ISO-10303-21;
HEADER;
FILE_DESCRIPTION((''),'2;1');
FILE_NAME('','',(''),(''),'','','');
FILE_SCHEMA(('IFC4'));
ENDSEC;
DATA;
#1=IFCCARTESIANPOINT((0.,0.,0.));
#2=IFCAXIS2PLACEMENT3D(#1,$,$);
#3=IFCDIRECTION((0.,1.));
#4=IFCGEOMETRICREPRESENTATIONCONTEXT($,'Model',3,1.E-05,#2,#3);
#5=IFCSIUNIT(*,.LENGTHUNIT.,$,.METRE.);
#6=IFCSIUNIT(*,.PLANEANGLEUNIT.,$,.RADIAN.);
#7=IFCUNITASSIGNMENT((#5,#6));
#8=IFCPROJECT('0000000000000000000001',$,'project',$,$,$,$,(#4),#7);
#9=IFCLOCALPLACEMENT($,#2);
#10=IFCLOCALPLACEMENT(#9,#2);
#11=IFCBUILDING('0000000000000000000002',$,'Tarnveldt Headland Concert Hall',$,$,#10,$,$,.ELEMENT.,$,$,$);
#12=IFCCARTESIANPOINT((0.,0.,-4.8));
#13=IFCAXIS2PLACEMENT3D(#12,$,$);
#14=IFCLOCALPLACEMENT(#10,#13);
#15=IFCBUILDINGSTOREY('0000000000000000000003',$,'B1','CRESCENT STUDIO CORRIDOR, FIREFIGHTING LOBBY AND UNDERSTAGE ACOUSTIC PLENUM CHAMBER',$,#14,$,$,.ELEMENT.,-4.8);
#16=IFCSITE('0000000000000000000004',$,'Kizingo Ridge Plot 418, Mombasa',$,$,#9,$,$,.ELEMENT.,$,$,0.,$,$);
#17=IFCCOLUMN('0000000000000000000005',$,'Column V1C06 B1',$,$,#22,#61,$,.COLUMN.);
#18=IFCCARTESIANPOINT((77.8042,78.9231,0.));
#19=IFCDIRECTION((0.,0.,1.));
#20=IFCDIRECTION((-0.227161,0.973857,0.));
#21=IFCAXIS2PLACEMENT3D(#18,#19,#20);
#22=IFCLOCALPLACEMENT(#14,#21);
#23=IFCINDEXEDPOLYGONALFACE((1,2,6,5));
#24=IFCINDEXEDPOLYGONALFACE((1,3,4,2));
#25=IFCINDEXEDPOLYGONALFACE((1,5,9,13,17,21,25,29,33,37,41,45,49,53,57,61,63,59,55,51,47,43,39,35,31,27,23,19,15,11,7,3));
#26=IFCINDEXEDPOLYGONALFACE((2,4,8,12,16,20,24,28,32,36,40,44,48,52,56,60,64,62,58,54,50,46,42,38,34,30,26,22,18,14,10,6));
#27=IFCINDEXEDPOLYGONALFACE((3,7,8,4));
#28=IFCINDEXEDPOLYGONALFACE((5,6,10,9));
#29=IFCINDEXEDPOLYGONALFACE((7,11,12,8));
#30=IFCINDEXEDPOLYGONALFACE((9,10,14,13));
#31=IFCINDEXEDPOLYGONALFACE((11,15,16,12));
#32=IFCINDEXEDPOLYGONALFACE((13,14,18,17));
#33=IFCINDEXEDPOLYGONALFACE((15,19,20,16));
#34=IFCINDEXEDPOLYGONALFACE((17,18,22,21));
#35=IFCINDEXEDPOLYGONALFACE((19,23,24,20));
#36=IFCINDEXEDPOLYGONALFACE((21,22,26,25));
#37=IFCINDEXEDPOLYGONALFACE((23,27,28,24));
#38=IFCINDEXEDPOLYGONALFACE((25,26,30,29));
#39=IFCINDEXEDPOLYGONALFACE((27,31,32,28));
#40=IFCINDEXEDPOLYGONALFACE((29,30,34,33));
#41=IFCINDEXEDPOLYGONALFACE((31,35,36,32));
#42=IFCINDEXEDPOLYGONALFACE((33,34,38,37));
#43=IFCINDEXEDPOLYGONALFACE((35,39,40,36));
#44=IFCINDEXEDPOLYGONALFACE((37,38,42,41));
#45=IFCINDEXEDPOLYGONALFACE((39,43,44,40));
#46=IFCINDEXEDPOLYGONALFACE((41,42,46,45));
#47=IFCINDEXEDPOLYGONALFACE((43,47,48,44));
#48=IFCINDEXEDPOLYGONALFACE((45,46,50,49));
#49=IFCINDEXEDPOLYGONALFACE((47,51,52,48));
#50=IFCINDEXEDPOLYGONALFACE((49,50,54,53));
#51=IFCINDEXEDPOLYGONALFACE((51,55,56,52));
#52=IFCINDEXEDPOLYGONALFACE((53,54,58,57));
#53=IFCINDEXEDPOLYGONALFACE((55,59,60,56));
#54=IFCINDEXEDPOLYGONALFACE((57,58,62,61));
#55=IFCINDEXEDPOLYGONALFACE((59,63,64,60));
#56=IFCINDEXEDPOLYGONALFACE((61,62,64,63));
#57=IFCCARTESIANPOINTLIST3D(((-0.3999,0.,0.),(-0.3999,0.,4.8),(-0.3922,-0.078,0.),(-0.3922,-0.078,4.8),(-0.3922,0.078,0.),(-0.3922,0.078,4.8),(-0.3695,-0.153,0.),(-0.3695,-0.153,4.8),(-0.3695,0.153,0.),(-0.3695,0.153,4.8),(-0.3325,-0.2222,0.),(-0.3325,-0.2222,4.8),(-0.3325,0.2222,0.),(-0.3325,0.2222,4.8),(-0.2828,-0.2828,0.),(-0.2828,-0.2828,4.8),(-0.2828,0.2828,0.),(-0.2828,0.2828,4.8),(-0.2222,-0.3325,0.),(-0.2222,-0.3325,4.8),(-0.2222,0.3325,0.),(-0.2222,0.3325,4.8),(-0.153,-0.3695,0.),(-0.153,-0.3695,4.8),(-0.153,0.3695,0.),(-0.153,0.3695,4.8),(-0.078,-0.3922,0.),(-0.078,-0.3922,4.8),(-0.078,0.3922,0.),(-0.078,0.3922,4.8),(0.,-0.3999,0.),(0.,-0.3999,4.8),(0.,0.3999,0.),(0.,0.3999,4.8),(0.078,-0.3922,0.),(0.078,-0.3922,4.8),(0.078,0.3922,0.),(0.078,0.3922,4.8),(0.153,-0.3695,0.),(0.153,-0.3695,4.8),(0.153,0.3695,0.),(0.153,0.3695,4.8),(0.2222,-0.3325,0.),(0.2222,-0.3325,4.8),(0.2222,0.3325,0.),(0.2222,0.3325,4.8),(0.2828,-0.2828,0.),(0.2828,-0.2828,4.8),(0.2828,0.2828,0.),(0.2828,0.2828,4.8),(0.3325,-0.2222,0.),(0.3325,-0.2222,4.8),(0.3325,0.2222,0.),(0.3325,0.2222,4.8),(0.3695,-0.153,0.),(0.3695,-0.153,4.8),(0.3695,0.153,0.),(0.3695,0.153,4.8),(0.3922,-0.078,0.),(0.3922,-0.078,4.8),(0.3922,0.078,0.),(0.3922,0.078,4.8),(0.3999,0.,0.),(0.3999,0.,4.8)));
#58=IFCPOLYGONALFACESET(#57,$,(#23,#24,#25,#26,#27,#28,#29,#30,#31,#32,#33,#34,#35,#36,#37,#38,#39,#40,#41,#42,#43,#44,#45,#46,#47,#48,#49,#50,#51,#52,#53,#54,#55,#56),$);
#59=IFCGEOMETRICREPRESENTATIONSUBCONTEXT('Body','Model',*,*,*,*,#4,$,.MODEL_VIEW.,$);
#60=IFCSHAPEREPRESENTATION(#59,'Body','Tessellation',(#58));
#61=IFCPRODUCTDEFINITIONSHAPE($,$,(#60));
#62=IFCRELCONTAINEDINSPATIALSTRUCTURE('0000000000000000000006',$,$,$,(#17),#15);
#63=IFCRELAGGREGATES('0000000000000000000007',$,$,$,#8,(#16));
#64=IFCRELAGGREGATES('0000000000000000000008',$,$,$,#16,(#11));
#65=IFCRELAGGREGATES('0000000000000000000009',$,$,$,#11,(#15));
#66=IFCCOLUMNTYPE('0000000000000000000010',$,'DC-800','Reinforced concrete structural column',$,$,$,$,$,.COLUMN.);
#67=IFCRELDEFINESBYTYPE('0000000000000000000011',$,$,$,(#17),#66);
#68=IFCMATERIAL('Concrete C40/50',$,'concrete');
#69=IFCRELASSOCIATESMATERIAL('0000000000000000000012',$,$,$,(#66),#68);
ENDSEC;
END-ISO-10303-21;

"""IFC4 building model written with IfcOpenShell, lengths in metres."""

from ifc_helpers import new_model, si_unit, direction, frame, origin, origin_2d, place, context, subcontext, project, spatial, circle, extrude, material, material_profile, profile_set, type_object, element, save


model = new_model("IFC4")

# Units and contexts
model_context = context("Model", 3, precision=1e-05, world=origin(), true_north=direction((0.0, 1.0)))
body_context = subcontext(model_context, "Body", "Model", "MODEL_VIEW")
ifc_project = project(units=[si_unit("LENGTHUNIT", "METRE"), si_unit("PLANEANGLEUNIT", "RADIAN")], contexts=[model_context])

# Site, building, storey
site_placement = place(None, origin())
site = spatial("IfcSite", under=ifc_project, at=site_placement, Name="Kizingo Ridge Plot 418, Mombasa", CompositionType="ELEMENT", RefElevation=0.0)
building_placement = place(site_placement, origin())
building = spatial("IfcBuilding", under=site, at=building_placement, Name="Tarnveldt Headland Concert Hall", CompositionType="ELEMENT")
storey_placement = place(building_placement, frame((0.0, 0.0, -4.8)))
storey = spatial("IfcBuildingStorey", under=building, at=storey_placement, Name="B1", Description="CRESCENT STUDIO CORRIDOR, FIREFIGHTING LOBBY AND UNDERSTAGE ACOUSTIC PLENUM CHAMBER", CompositionType="ELEMENT", Elevation=-4.8)

# Shared definitions
ifc_material_1 = material(Name="Concrete C40/50", Category="concrete")

# Column
ifc_material_profile_1 = material_profile(ifc_material_1, circle(Radius=0.3999, at=origin_2d()), Name="RC D800", Category="concrete")
ifc_profile_set_1 = profile_set([ifc_material_profile_1], Name="Concrete C40/50")
column_type_1 = type_object("IfcColumnType", Name="DC-800", Description="Reinforced concrete structural column", PredefinedType="COLUMN", material=ifc_profile_set_1)
column_placement = place(storey_placement, frame((77.8042, 78.9231, 0.0), z_axis=(0.0, 0.0, 1.0), x_axis=(-0.227161, 0.973857, 0.0)))
element("IfcColumn", 1, at=column_placement, inside=storey, type_object=column_type_1, Name="Column V1C06 B1", PredefinedType="COLUMN", context=body_context, shape_type="SweptSolid", body=[
    extrude(circle(Radius=0.3999, at=origin_2d()), origin(), (0.0, 0.0, 1.0), 4.8),
])

save(model, "model.ifc")
